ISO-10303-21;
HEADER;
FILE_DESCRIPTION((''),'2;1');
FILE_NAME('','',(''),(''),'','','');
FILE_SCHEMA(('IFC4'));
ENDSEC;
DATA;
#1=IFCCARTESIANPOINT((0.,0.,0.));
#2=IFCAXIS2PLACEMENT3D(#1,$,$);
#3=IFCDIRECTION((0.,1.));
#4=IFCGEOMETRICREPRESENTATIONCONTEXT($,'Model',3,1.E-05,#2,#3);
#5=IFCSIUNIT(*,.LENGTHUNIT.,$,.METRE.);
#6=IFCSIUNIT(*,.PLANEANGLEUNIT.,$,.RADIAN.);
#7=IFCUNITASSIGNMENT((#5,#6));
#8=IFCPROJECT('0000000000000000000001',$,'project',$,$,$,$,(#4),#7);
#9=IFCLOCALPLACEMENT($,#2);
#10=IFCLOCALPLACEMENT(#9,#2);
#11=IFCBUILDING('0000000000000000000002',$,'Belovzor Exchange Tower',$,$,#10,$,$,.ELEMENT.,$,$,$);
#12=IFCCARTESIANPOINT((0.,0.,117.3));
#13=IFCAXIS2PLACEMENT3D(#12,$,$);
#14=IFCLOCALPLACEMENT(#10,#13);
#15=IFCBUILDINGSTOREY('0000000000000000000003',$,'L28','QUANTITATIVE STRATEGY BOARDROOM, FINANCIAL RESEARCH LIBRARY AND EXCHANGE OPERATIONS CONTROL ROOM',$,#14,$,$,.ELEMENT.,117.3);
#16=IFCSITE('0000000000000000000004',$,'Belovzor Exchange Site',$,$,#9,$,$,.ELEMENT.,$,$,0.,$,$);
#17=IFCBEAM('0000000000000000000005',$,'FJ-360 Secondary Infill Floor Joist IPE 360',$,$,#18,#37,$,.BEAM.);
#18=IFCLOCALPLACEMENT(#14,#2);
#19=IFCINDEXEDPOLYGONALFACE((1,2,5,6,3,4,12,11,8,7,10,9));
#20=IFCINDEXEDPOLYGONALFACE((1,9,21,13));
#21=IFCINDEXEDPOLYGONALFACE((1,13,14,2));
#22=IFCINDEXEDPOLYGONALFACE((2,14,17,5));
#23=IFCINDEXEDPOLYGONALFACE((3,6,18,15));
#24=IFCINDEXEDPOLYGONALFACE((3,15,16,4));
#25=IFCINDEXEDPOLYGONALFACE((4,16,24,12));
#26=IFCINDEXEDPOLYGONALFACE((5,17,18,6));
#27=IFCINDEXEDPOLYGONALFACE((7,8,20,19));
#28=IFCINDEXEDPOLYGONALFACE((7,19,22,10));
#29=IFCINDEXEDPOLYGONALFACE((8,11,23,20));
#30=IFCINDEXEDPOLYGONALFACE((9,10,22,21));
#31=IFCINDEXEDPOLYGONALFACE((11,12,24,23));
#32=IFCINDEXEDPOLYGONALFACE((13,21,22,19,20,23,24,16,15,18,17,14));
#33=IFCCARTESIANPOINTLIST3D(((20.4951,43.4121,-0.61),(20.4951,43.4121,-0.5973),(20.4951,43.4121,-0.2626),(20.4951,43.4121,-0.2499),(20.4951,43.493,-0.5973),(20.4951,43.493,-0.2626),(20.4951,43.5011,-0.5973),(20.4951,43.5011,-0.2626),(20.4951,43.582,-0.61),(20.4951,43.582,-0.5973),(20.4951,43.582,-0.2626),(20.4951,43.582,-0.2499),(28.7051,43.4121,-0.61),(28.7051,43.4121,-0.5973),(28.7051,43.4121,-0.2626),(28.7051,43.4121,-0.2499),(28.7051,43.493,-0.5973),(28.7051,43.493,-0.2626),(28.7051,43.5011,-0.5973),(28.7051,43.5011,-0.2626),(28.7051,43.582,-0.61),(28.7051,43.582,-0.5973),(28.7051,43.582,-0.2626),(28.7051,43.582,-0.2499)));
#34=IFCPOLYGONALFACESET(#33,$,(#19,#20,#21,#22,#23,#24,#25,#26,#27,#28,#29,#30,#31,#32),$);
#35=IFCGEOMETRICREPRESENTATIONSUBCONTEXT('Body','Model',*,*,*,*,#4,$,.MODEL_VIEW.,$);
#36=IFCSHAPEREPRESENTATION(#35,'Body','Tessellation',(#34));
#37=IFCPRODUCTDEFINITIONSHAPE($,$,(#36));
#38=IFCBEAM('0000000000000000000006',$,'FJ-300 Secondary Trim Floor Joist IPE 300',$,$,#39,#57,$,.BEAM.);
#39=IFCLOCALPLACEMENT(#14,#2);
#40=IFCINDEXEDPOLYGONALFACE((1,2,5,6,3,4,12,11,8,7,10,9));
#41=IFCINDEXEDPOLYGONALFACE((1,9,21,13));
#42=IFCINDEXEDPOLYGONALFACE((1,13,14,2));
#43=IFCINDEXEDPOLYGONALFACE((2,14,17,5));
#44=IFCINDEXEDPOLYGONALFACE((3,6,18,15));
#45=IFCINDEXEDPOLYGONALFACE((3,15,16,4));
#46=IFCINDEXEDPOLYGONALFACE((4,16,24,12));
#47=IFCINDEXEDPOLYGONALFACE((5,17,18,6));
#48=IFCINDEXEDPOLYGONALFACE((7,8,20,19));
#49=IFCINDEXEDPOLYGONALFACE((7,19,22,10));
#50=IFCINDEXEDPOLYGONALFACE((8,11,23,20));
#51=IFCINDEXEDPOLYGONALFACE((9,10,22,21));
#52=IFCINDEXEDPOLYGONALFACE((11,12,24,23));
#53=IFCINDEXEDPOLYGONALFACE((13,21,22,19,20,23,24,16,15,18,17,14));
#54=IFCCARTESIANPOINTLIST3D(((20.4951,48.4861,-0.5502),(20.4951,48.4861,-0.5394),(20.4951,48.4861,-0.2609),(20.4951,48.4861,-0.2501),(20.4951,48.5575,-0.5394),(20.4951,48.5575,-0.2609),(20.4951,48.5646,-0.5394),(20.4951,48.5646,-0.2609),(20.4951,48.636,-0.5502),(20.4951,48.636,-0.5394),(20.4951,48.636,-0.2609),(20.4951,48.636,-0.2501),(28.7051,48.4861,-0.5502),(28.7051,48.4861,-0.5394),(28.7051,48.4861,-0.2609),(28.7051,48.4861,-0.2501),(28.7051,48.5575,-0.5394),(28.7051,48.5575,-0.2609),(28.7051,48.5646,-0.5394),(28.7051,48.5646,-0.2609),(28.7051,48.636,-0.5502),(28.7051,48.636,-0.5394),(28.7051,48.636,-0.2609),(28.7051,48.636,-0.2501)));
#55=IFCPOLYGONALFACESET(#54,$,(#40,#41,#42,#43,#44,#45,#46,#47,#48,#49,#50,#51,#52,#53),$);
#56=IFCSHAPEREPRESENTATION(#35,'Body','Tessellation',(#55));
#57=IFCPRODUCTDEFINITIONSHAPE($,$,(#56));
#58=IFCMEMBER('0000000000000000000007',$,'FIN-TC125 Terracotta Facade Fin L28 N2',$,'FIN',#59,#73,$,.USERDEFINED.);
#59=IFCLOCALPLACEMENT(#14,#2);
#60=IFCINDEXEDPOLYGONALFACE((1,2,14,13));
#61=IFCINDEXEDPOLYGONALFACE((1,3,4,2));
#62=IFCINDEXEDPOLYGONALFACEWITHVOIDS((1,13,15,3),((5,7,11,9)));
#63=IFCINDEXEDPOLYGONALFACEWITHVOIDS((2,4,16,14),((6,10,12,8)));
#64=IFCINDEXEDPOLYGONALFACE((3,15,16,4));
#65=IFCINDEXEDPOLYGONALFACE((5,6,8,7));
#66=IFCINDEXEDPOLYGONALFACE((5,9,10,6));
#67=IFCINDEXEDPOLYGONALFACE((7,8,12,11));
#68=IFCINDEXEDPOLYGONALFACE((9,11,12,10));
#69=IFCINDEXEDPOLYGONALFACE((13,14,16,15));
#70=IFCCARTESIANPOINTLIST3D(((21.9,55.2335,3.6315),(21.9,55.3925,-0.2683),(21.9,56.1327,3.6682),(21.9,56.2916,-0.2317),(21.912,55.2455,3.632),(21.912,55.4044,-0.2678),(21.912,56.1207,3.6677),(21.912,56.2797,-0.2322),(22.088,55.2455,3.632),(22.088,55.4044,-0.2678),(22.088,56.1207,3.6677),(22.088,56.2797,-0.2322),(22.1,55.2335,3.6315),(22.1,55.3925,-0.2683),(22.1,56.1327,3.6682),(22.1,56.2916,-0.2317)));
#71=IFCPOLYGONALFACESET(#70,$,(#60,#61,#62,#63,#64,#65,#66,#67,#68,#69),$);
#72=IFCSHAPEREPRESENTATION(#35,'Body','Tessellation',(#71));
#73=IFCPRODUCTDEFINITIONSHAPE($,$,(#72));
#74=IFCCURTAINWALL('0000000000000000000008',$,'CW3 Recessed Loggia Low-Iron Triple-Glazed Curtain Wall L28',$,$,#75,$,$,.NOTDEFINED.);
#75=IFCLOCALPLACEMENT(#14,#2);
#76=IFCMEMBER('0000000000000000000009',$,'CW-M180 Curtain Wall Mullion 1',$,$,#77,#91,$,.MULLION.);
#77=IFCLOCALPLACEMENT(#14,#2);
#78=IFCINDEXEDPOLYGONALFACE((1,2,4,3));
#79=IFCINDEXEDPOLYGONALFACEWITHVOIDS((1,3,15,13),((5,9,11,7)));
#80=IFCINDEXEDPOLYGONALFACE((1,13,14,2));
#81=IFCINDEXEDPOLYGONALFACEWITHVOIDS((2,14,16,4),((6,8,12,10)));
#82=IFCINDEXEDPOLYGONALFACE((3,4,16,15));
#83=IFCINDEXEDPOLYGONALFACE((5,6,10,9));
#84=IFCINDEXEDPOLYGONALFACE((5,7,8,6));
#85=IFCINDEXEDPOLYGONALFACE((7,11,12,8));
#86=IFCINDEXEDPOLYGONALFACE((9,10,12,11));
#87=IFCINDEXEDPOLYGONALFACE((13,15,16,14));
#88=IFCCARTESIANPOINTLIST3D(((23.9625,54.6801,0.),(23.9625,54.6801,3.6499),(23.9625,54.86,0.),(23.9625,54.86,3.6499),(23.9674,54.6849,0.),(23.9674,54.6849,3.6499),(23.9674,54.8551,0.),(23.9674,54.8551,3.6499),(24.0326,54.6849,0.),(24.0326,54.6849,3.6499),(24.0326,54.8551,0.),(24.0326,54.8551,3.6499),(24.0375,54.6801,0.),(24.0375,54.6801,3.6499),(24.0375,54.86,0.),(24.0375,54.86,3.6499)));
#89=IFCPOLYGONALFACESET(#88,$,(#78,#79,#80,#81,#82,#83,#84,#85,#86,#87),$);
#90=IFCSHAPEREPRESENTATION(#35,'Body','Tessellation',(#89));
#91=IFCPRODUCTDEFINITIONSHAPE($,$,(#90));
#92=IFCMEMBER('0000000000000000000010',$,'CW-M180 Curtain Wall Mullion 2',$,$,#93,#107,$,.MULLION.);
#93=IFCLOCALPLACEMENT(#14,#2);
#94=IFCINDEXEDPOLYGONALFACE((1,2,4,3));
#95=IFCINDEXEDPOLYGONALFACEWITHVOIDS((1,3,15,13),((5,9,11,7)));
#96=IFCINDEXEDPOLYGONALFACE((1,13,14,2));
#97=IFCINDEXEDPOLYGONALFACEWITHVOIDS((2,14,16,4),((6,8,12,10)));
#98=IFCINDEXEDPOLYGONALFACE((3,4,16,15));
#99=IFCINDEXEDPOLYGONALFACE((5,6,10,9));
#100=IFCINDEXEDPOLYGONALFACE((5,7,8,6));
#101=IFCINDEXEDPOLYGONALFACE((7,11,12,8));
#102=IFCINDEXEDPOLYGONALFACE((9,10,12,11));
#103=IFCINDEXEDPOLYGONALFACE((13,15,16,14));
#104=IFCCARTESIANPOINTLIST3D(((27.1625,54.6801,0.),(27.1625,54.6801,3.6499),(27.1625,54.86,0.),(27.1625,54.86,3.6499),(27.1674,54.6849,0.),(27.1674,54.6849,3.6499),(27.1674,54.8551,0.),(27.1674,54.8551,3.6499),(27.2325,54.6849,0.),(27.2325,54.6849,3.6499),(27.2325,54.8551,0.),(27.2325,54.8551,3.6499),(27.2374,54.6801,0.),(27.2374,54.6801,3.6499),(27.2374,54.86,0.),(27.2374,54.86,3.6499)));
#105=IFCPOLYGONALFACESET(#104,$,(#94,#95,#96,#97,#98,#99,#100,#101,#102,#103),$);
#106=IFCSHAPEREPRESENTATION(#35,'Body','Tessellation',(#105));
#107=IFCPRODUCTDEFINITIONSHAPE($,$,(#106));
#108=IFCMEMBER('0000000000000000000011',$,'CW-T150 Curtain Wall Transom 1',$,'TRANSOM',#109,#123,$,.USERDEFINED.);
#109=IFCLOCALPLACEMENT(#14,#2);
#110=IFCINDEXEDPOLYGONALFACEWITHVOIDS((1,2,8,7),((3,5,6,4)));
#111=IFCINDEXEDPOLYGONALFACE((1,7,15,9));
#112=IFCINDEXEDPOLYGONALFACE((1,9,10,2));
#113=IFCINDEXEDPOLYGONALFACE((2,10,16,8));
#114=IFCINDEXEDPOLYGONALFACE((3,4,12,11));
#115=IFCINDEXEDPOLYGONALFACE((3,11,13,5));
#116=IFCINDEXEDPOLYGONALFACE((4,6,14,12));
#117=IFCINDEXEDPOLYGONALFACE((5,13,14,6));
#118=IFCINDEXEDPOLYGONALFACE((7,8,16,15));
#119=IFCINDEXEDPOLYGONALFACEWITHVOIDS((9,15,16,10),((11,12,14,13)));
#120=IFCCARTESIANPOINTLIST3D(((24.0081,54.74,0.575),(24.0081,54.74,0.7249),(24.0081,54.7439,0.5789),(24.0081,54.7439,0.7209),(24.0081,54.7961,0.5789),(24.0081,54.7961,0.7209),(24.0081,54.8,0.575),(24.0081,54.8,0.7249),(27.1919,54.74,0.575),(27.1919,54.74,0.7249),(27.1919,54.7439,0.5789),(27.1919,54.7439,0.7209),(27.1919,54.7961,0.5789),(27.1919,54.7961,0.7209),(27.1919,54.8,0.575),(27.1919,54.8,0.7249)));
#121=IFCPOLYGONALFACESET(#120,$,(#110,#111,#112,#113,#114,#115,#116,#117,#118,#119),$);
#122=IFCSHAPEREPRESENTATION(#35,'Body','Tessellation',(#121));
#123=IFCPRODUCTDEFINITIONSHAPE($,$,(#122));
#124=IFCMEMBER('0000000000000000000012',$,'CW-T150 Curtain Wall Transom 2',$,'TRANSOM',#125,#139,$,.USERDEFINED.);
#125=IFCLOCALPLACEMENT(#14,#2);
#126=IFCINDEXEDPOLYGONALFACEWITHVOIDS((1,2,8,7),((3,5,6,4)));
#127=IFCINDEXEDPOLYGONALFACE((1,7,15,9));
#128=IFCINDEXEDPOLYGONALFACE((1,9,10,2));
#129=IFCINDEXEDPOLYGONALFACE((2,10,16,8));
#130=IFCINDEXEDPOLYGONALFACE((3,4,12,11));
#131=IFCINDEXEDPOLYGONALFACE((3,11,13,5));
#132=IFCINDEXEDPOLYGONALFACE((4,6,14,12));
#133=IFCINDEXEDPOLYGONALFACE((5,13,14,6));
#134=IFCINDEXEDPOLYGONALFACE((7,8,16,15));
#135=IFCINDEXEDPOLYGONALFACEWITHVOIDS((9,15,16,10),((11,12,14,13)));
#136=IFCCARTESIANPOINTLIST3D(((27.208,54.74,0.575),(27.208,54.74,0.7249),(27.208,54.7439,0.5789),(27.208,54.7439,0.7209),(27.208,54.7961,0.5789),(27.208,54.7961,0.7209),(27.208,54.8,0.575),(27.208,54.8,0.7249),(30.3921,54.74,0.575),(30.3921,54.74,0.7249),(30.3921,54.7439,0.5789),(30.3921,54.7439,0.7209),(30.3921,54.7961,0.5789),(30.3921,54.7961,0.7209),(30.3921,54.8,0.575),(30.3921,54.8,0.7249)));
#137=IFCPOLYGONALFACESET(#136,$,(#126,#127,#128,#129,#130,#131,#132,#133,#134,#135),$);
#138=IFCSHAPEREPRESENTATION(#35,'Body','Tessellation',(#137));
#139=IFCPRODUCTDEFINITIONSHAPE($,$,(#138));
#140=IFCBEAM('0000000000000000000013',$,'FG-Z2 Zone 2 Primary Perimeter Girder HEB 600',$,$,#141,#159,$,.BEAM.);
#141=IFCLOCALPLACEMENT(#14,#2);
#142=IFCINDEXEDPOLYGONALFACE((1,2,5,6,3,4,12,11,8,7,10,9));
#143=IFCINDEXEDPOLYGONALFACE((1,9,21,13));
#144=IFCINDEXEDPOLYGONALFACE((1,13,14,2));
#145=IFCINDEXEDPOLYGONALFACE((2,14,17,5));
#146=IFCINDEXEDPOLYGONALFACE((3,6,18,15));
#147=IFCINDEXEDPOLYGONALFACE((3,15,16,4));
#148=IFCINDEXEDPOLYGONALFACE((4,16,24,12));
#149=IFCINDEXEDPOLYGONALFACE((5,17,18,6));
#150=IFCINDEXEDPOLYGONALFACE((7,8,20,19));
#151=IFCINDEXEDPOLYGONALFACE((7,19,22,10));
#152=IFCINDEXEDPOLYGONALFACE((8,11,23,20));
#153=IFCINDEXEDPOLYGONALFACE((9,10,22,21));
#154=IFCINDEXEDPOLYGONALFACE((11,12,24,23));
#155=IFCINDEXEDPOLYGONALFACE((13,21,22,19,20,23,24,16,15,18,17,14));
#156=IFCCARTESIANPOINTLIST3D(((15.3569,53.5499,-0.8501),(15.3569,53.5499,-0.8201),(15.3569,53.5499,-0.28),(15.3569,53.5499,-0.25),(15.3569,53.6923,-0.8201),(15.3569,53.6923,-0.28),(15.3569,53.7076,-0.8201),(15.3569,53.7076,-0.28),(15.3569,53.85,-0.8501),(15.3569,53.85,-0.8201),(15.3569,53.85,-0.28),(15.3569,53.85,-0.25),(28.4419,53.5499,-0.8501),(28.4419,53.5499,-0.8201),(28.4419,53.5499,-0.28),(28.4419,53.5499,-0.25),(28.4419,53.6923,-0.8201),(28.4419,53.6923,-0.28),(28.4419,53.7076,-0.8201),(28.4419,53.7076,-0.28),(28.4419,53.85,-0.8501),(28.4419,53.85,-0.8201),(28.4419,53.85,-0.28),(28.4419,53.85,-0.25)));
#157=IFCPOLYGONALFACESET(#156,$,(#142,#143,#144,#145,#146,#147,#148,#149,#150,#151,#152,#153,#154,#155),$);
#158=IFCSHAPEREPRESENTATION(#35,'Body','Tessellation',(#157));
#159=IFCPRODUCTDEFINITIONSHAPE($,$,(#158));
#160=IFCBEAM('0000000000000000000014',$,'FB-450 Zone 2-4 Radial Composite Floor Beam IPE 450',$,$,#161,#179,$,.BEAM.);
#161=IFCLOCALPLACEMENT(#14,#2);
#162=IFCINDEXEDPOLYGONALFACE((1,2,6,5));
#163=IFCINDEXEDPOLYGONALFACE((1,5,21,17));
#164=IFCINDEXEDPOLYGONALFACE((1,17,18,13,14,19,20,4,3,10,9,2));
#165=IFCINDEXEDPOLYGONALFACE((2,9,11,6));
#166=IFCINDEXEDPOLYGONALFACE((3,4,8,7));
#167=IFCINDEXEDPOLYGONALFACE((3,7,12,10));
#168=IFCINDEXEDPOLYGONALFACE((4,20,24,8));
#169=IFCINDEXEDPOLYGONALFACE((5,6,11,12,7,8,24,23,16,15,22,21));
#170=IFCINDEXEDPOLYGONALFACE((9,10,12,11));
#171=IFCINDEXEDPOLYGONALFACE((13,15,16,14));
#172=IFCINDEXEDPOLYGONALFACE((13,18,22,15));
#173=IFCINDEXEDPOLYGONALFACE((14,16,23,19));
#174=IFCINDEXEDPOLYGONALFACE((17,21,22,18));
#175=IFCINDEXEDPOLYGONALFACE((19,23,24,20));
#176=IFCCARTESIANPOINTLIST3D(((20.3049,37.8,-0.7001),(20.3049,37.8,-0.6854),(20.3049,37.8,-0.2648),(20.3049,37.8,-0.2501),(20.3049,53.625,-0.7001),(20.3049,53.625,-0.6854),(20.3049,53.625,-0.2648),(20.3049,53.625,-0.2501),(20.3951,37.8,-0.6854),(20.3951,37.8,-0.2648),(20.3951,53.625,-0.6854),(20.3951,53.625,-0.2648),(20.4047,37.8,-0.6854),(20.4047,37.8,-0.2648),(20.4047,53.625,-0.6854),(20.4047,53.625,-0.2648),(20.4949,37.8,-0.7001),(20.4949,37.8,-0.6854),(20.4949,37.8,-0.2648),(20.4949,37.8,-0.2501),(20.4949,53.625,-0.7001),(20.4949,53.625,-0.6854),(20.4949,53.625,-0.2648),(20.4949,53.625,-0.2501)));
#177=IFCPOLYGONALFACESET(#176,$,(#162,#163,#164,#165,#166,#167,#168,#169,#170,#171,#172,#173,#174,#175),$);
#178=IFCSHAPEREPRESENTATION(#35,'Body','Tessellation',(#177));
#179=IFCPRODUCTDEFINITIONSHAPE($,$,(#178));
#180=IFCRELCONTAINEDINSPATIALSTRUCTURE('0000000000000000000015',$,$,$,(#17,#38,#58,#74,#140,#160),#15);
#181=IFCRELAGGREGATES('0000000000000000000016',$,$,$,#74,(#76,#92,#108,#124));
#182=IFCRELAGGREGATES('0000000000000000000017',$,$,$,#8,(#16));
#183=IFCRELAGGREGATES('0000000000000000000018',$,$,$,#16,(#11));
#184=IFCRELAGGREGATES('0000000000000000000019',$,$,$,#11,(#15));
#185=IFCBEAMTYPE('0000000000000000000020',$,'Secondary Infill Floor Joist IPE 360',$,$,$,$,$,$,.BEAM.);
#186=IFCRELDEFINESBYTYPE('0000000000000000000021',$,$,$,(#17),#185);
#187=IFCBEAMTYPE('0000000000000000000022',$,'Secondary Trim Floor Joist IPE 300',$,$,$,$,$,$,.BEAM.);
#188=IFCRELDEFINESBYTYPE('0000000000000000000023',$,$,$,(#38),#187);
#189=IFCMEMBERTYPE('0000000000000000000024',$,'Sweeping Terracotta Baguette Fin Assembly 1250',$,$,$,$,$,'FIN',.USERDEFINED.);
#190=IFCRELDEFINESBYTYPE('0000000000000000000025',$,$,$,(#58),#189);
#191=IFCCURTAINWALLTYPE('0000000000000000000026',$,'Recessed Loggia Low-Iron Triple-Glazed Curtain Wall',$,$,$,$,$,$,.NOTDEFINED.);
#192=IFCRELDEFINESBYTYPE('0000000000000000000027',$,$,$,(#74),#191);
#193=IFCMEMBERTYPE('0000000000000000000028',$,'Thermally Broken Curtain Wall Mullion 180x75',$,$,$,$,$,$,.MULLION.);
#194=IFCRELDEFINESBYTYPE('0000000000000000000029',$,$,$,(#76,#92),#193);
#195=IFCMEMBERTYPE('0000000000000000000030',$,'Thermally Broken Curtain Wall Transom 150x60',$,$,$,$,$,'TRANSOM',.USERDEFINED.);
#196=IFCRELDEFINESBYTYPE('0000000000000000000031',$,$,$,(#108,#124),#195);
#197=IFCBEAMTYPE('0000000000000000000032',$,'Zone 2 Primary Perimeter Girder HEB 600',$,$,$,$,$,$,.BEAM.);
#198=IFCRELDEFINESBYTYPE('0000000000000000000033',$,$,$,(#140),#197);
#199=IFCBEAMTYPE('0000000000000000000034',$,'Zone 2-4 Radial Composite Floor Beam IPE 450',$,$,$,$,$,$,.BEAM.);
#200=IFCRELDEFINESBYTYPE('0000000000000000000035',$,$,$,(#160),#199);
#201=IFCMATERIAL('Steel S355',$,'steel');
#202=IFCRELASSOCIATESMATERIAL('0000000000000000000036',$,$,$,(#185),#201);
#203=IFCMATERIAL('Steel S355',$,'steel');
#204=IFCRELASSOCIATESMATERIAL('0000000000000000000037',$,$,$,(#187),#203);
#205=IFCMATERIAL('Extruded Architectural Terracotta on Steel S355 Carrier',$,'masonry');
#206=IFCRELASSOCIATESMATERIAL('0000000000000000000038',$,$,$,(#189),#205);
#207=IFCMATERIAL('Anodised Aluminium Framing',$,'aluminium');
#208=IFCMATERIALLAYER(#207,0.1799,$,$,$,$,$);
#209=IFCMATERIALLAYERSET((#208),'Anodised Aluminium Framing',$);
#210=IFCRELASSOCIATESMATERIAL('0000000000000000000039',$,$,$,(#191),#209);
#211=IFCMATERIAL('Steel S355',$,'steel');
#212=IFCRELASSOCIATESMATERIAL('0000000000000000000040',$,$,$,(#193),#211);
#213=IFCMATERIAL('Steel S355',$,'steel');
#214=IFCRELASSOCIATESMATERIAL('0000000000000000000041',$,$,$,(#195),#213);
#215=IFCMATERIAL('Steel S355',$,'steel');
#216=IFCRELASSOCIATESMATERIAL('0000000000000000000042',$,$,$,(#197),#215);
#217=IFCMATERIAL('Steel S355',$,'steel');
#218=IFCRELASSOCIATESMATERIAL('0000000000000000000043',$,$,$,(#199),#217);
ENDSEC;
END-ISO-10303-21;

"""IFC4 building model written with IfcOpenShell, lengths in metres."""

from ifc_helpers import new_model, si_unit, direction, frame, origin, origin_2d, place, context, subcontext, project, spatial, hollow_rectangle, i_section, extrude, material, layer, layer_set, material_profile, profile_set, type_object, element, aggregate, save


model = new_model("IFC4")

# Units and contexts
model_context = context("Model", 3, precision=1e-05, world=origin(), true_north=direction((0.0, 1.0)))
body_context = subcontext(model_context, "Body", "Model", "MODEL_VIEW")
ifc_project = project(units=[si_unit("LENGTHUNIT", "METRE"), si_unit("PLANEANGLEUNIT", "RADIAN")], contexts=[model_context])

# Site, building, storey
site_placement = place(None, origin())
site = spatial("IfcSite", under=ifc_project, at=site_placement, Name="Belovzor Exchange Site", CompositionType="ELEMENT", RefElevation=0.0)
building_placement = place(site_placement, origin())
building = spatial("IfcBuilding", under=site, at=building_placement, Name="Belovzor Exchange Tower", CompositionType="ELEMENT")
storey_placement = place(building_placement, frame((0.0, 0.0, 117.3)))
storey = spatial("IfcBuildingStorey", under=building, at=storey_placement, Name="L28", Description="QUANTITATIVE STRATEGY BOARDROOM, FINANCIAL RESEARCH LIBRARY AND EXCHANGE OPERATIONS CONTROL ROOM", CompositionType="ELEMENT", Elevation=117.3)

# Beams
ifc_material_1 = material(Name="Steel S355", Category="steel")
ifc_material_profile_1 = material_profile(ifc_material_1, i_section(OverallWidth=0.1699, OverallDepth=0.3601, WebThickness=0.0081, FlangeThickness=0.0127, at=origin_2d()))
ifc_profile_set_1 = profile_set([ifc_material_profile_1], Name="Steel S355")
beam_type_1 = type_object("IfcBeamType", Name="Secondary Infill Floor Joist IPE 360", PredefinedType="BEAM", material=ifc_profile_set_1)
beam_1_placement = place(storey_placement, frame((20.4951, 43.4971, -0.4299), z_axis=(1.0, 0.0, 0.0), x_axis=(0.0, 1.0, 0.0)))
element("IfcBeam", 1, at=beam_1_placement, inside=storey, type_object=beam_type_1, Name="FJ-360 Secondary Infill Floor Joist IPE 360", PredefinedType="BEAM", context=body_context, shape_type="SweptSolid", body=[
    extrude(i_section(OverallWidth=0.1699, OverallDepth=0.3601, WebThickness=0.0081, FlangeThickness=0.0127, at=origin_2d()), origin(), (0.0, 0.0, 1.0), 8.21),
])
ifc_material_2 = material(Name="Steel S355", Category="steel")
ifc_material_profile_2 = material_profile(ifc_material_2, i_section(OverallWidth=0.1499, OverallDepth=0.3, WebThickness=0.0071, FlangeThickness=0.0107, at=origin_2d()))
ifc_profile_set_2 = profile_set([ifc_material_profile_2], Name="Steel S355")
beam_type_2 = type_object("IfcBeamType", Name="Secondary Trim Floor Joist IPE 300", PredefinedType="BEAM", material=ifc_profile_set_2)
beam_2_placement = place(storey_placement, frame((20.4951, 48.561, -0.4001), z_axis=(1.0, 0.0, 0.0), x_axis=(0.0, 1.0, 0.0)))
element("IfcBeam", 2, at=beam_2_placement, inside=storey, type_object=beam_type_2, Name="FJ-300 Secondary Trim Floor Joist IPE 300", PredefinedType="BEAM", context=body_context, shape_type="SweptSolid", body=[
    extrude(i_section(OverallWidth=0.1499, OverallDepth=0.3, WebThickness=0.0071, FlangeThickness=0.0107, at=origin_2d()), origin(), (0.0, 0.0, 1.0), 8.21),
])

# Member
ifc_material_3 = material(Name="Extruded Architectural Terracotta on Steel S355 Carrier", Category="masonry")
ifc_material_profile_3 = material_profile(ifc_material_3, hollow_rectangle(XDim=0.2, YDim=0.8999, WallThickness=0.012, at=origin_2d()))
ifc_profile_set_3 = profile_set([ifc_material_profile_3], Name="Extruded Architectural Terracotta on Steel S355 Carrier")
member_type_1 = type_object("IfcMemberType", Name="Sweeping Terracotta Baguette Fin Assembly 1250", ElementType="FIN", PredefinedType="USERDEFINED", material=ifc_profile_set_3)
member_1_placement = place(storey_placement, frame((22.0, 55.842, -0.25), z_axis=(0.0, -0.04072, 0.999171), x_axis=(1.0, 0.0, 0.0)))
element("IfcMember", 3, at=member_1_placement, inside=storey, type_object=member_type_1, Name="FIN-TC125 Terracotta Facade Fin L28 N2", ObjectType="FIN", PredefinedType="USERDEFINED", context=body_context, shape_type="SweptSolid", body=[
    extrude(hollow_rectangle(XDim=0.2, YDim=0.8999, WallThickness=0.012, at=origin_2d()), origin(), (0.0, 0.0, 1.0), 3.9031),
])

# Curtain wall, members
ifc_material_4 = material(Name="Anodised Aluminium Framing", Category="aluminium")
ifc_layer_1 = layer(ifc_material_4, 0.1799)
ifc_layer_set_1 = layer_set([ifc_layer_1], Name="Anodised Aluminium Framing")
curtain_wall_type = type_object("IfcCurtainWallType", Name="Recessed Loggia Low-Iron Triple-Glazed Curtain Wall", PredefinedType="NOTDEFINED", material=ifc_layer_set_1)
curtain_wall_placement = place(storey_placement, origin())
curtain_wall = element("IfcCurtainWall", 4, at=curtain_wall_placement, inside=storey, type_object=curtain_wall_type, Name="CW3 Recessed Loggia Low-Iron Triple-Glazed Curtain Wall L28", PredefinedType="NOTDEFINED")
ifc_material_5 = material(Name="Steel S355", Category="steel")
ifc_material_profile_4 = material_profile(ifc_material_5, hollow_rectangle(XDim=0.075, YDim=0.1799, WallThickness=0.0049, at=origin_2d()))
ifc_profile_set_4 = profile_set([ifc_material_profile_4], Name="Steel S355")
member_type_2 = type_object("IfcMemberType", Name="Thermally Broken Curtain Wall Mullion 180x75", PredefinedType="MULLION", material=ifc_profile_set_4)
member_2_placement = place(storey_placement, frame((24.0, 54.77, 0.0), z_axis=(0.0, 0.0, 1.0), x_axis=(1.0, 0.0, 0.0)))
member_2 = element("IfcMember", 5, at=member_2_placement, type_object=member_type_2, Name="CW-M180 Curtain Wall Mullion 1", PredefinedType="MULLION", context=body_context, shape_type="SweptSolid", body=[
    extrude(hollow_rectangle(XDim=0.075, YDim=0.1799, WallThickness=0.0049, at=origin_2d()), origin(), (0.0, 0.0, 1.0), 3.6499),
])
member_3_placement = place(storey_placement, frame((27.2, 54.77, 0.0), z_axis=(0.0, 0.0, 1.0), x_axis=(1.0, 0.0, 0.0)))
member_3 = element("IfcMember", 6, at=member_3_placement, type_object=member_type_2, Name="CW-M180 Curtain Wall Mullion 2", PredefinedType="MULLION", context=body_context, shape_type="SweptSolid", body=[
    extrude(hollow_rectangle(XDim=0.075, YDim=0.1799, WallThickness=0.0049, at=origin_2d()), origin(), (0.0, 0.0, 1.0), 3.6499),
])
ifc_material_6 = material(Name="Steel S355", Category="steel")
ifc_material_profile_5 = material_profile(ifc_material_6, hollow_rectangle(XDim=0.0601, YDim=0.1499, WallThickness=0.0039, at=origin_2d()))
ifc_profile_set_5 = profile_set([ifc_material_profile_5], Name="Steel S355")
member_type_3 = type_object("IfcMemberType", Name="Thermally Broken Curtain Wall Transom 150x60", ElementType="TRANSOM", PredefinedType="USERDEFINED", material=ifc_profile_set_5)
member_4_placement = place(storey_placement, frame((24.0081, 54.77, 0.6499), z_axis=(1.0, 0.0, 0.0), x_axis=(0.0, 1.0, 0.0)))
member_4 = element("IfcMember", 7, at=member_4_placement, type_object=member_type_3, Name="CW-T150 Curtain Wall Transom 1", ObjectType="TRANSOM", PredefinedType="USERDEFINED", context=body_context, shape_type="SweptSolid", body=[
    extrude(hollow_rectangle(XDim=0.0601, YDim=0.1499, WallThickness=0.0039, at=origin_2d()), origin(), (0.0, 0.0, 1.0), 3.1838),
])
member_5_placement = place(storey_placement, frame((27.208, 54.77, 0.6499), z_axis=(1.0, 0.0, 0.0), x_axis=(0.0, 1.0, 0.0)))
member_5 = element("IfcMember", 8, at=member_5_placement, type_object=member_type_3, Name="CW-T150 Curtain Wall Transom 2", ObjectType="TRANSOM", PredefinedType="USERDEFINED", context=body_context, shape_type="SweptSolid", body=[
    extrude(hollow_rectangle(XDim=0.0601, YDim=0.1499, WallThickness=0.0039, at=origin_2d()), origin(), (0.0, 0.0, 1.0), 3.1841),
])

# Beams
ifc_material_7 = material(Name="Steel S355", Category="steel")
ifc_material_profile_6 = material_profile(ifc_material_7, i_section(OverallWidth=0.3, OverallDepth=0.6001, WebThickness=0.0154, FlangeThickness=0.03, at=origin_2d()))
ifc_profile_set_6 = profile_set([ifc_material_profile_6], Name="Steel S355")
beam_type_3 = type_object("IfcBeamType", Name="Zone 2 Primary Perimeter Girder HEB 600", PredefinedType="BEAM", material=ifc_profile_set_6)
beam_3_placement = place(storey_placement, frame((28.4419, 53.7, -0.55), z_axis=(-1.0, 0.0, 0.0), x_axis=(0.0, -1.0, 0.0)))
element("IfcBeam", 9, at=beam_3_placement, inside=storey, type_object=beam_type_3, Name="FG-Z2 Zone 2 Primary Perimeter Girder HEB 600", PredefinedType="BEAM", context=body_context, shape_type="SweptSolid", body=[
    extrude(i_section(OverallWidth=0.3, OverallDepth=0.6001, WebThickness=0.0154, FlangeThickness=0.03, at=origin_2d()), origin(), (0.0, 0.0, 1.0), 13.085),
])
ifc_material_8 = material(Name="Steel S355", Category="steel")
ifc_material_profile_7 = material_profile(ifc_material_8, i_section(OverallWidth=0.1899, OverallDepth=0.45, WebThickness=0.0095, FlangeThickness=0.0146, at=origin_2d()))
ifc_profile_set_7 = profile_set([ifc_material_profile_7], Name="Steel S355")
beam_type_4 = type_object("IfcBeamType", Name="Zone 2-4 Radial Composite Floor Beam IPE 450", PredefinedType="BEAM", material=ifc_profile_set_7)
beam_4_placement = place(storey_placement, frame((20.3999, 37.8, -0.4751), z_axis=(0.0, 1.0, 0.0), x_axis=(-1.0, 0.0, 0.0)))
element("IfcBeam", 10, at=beam_4_placement, inside=storey, type_object=beam_type_4, Name="FB-450 Zone 2-4 Radial Composite Floor Beam IPE 450", PredefinedType="BEAM", context=body_context, shape_type="SweptSolid", body=[
    extrude(i_section(OverallWidth=0.1899, OverallDepth=0.45, WebThickness=0.0095, FlangeThickness=0.0146, at=origin_2d()), origin(), (0.0, 0.0, 1.0), 15.825),
])

aggregate(curtain_wall, [member_2, member_3, member_4, member_5])

save(model, "model.ifc")
